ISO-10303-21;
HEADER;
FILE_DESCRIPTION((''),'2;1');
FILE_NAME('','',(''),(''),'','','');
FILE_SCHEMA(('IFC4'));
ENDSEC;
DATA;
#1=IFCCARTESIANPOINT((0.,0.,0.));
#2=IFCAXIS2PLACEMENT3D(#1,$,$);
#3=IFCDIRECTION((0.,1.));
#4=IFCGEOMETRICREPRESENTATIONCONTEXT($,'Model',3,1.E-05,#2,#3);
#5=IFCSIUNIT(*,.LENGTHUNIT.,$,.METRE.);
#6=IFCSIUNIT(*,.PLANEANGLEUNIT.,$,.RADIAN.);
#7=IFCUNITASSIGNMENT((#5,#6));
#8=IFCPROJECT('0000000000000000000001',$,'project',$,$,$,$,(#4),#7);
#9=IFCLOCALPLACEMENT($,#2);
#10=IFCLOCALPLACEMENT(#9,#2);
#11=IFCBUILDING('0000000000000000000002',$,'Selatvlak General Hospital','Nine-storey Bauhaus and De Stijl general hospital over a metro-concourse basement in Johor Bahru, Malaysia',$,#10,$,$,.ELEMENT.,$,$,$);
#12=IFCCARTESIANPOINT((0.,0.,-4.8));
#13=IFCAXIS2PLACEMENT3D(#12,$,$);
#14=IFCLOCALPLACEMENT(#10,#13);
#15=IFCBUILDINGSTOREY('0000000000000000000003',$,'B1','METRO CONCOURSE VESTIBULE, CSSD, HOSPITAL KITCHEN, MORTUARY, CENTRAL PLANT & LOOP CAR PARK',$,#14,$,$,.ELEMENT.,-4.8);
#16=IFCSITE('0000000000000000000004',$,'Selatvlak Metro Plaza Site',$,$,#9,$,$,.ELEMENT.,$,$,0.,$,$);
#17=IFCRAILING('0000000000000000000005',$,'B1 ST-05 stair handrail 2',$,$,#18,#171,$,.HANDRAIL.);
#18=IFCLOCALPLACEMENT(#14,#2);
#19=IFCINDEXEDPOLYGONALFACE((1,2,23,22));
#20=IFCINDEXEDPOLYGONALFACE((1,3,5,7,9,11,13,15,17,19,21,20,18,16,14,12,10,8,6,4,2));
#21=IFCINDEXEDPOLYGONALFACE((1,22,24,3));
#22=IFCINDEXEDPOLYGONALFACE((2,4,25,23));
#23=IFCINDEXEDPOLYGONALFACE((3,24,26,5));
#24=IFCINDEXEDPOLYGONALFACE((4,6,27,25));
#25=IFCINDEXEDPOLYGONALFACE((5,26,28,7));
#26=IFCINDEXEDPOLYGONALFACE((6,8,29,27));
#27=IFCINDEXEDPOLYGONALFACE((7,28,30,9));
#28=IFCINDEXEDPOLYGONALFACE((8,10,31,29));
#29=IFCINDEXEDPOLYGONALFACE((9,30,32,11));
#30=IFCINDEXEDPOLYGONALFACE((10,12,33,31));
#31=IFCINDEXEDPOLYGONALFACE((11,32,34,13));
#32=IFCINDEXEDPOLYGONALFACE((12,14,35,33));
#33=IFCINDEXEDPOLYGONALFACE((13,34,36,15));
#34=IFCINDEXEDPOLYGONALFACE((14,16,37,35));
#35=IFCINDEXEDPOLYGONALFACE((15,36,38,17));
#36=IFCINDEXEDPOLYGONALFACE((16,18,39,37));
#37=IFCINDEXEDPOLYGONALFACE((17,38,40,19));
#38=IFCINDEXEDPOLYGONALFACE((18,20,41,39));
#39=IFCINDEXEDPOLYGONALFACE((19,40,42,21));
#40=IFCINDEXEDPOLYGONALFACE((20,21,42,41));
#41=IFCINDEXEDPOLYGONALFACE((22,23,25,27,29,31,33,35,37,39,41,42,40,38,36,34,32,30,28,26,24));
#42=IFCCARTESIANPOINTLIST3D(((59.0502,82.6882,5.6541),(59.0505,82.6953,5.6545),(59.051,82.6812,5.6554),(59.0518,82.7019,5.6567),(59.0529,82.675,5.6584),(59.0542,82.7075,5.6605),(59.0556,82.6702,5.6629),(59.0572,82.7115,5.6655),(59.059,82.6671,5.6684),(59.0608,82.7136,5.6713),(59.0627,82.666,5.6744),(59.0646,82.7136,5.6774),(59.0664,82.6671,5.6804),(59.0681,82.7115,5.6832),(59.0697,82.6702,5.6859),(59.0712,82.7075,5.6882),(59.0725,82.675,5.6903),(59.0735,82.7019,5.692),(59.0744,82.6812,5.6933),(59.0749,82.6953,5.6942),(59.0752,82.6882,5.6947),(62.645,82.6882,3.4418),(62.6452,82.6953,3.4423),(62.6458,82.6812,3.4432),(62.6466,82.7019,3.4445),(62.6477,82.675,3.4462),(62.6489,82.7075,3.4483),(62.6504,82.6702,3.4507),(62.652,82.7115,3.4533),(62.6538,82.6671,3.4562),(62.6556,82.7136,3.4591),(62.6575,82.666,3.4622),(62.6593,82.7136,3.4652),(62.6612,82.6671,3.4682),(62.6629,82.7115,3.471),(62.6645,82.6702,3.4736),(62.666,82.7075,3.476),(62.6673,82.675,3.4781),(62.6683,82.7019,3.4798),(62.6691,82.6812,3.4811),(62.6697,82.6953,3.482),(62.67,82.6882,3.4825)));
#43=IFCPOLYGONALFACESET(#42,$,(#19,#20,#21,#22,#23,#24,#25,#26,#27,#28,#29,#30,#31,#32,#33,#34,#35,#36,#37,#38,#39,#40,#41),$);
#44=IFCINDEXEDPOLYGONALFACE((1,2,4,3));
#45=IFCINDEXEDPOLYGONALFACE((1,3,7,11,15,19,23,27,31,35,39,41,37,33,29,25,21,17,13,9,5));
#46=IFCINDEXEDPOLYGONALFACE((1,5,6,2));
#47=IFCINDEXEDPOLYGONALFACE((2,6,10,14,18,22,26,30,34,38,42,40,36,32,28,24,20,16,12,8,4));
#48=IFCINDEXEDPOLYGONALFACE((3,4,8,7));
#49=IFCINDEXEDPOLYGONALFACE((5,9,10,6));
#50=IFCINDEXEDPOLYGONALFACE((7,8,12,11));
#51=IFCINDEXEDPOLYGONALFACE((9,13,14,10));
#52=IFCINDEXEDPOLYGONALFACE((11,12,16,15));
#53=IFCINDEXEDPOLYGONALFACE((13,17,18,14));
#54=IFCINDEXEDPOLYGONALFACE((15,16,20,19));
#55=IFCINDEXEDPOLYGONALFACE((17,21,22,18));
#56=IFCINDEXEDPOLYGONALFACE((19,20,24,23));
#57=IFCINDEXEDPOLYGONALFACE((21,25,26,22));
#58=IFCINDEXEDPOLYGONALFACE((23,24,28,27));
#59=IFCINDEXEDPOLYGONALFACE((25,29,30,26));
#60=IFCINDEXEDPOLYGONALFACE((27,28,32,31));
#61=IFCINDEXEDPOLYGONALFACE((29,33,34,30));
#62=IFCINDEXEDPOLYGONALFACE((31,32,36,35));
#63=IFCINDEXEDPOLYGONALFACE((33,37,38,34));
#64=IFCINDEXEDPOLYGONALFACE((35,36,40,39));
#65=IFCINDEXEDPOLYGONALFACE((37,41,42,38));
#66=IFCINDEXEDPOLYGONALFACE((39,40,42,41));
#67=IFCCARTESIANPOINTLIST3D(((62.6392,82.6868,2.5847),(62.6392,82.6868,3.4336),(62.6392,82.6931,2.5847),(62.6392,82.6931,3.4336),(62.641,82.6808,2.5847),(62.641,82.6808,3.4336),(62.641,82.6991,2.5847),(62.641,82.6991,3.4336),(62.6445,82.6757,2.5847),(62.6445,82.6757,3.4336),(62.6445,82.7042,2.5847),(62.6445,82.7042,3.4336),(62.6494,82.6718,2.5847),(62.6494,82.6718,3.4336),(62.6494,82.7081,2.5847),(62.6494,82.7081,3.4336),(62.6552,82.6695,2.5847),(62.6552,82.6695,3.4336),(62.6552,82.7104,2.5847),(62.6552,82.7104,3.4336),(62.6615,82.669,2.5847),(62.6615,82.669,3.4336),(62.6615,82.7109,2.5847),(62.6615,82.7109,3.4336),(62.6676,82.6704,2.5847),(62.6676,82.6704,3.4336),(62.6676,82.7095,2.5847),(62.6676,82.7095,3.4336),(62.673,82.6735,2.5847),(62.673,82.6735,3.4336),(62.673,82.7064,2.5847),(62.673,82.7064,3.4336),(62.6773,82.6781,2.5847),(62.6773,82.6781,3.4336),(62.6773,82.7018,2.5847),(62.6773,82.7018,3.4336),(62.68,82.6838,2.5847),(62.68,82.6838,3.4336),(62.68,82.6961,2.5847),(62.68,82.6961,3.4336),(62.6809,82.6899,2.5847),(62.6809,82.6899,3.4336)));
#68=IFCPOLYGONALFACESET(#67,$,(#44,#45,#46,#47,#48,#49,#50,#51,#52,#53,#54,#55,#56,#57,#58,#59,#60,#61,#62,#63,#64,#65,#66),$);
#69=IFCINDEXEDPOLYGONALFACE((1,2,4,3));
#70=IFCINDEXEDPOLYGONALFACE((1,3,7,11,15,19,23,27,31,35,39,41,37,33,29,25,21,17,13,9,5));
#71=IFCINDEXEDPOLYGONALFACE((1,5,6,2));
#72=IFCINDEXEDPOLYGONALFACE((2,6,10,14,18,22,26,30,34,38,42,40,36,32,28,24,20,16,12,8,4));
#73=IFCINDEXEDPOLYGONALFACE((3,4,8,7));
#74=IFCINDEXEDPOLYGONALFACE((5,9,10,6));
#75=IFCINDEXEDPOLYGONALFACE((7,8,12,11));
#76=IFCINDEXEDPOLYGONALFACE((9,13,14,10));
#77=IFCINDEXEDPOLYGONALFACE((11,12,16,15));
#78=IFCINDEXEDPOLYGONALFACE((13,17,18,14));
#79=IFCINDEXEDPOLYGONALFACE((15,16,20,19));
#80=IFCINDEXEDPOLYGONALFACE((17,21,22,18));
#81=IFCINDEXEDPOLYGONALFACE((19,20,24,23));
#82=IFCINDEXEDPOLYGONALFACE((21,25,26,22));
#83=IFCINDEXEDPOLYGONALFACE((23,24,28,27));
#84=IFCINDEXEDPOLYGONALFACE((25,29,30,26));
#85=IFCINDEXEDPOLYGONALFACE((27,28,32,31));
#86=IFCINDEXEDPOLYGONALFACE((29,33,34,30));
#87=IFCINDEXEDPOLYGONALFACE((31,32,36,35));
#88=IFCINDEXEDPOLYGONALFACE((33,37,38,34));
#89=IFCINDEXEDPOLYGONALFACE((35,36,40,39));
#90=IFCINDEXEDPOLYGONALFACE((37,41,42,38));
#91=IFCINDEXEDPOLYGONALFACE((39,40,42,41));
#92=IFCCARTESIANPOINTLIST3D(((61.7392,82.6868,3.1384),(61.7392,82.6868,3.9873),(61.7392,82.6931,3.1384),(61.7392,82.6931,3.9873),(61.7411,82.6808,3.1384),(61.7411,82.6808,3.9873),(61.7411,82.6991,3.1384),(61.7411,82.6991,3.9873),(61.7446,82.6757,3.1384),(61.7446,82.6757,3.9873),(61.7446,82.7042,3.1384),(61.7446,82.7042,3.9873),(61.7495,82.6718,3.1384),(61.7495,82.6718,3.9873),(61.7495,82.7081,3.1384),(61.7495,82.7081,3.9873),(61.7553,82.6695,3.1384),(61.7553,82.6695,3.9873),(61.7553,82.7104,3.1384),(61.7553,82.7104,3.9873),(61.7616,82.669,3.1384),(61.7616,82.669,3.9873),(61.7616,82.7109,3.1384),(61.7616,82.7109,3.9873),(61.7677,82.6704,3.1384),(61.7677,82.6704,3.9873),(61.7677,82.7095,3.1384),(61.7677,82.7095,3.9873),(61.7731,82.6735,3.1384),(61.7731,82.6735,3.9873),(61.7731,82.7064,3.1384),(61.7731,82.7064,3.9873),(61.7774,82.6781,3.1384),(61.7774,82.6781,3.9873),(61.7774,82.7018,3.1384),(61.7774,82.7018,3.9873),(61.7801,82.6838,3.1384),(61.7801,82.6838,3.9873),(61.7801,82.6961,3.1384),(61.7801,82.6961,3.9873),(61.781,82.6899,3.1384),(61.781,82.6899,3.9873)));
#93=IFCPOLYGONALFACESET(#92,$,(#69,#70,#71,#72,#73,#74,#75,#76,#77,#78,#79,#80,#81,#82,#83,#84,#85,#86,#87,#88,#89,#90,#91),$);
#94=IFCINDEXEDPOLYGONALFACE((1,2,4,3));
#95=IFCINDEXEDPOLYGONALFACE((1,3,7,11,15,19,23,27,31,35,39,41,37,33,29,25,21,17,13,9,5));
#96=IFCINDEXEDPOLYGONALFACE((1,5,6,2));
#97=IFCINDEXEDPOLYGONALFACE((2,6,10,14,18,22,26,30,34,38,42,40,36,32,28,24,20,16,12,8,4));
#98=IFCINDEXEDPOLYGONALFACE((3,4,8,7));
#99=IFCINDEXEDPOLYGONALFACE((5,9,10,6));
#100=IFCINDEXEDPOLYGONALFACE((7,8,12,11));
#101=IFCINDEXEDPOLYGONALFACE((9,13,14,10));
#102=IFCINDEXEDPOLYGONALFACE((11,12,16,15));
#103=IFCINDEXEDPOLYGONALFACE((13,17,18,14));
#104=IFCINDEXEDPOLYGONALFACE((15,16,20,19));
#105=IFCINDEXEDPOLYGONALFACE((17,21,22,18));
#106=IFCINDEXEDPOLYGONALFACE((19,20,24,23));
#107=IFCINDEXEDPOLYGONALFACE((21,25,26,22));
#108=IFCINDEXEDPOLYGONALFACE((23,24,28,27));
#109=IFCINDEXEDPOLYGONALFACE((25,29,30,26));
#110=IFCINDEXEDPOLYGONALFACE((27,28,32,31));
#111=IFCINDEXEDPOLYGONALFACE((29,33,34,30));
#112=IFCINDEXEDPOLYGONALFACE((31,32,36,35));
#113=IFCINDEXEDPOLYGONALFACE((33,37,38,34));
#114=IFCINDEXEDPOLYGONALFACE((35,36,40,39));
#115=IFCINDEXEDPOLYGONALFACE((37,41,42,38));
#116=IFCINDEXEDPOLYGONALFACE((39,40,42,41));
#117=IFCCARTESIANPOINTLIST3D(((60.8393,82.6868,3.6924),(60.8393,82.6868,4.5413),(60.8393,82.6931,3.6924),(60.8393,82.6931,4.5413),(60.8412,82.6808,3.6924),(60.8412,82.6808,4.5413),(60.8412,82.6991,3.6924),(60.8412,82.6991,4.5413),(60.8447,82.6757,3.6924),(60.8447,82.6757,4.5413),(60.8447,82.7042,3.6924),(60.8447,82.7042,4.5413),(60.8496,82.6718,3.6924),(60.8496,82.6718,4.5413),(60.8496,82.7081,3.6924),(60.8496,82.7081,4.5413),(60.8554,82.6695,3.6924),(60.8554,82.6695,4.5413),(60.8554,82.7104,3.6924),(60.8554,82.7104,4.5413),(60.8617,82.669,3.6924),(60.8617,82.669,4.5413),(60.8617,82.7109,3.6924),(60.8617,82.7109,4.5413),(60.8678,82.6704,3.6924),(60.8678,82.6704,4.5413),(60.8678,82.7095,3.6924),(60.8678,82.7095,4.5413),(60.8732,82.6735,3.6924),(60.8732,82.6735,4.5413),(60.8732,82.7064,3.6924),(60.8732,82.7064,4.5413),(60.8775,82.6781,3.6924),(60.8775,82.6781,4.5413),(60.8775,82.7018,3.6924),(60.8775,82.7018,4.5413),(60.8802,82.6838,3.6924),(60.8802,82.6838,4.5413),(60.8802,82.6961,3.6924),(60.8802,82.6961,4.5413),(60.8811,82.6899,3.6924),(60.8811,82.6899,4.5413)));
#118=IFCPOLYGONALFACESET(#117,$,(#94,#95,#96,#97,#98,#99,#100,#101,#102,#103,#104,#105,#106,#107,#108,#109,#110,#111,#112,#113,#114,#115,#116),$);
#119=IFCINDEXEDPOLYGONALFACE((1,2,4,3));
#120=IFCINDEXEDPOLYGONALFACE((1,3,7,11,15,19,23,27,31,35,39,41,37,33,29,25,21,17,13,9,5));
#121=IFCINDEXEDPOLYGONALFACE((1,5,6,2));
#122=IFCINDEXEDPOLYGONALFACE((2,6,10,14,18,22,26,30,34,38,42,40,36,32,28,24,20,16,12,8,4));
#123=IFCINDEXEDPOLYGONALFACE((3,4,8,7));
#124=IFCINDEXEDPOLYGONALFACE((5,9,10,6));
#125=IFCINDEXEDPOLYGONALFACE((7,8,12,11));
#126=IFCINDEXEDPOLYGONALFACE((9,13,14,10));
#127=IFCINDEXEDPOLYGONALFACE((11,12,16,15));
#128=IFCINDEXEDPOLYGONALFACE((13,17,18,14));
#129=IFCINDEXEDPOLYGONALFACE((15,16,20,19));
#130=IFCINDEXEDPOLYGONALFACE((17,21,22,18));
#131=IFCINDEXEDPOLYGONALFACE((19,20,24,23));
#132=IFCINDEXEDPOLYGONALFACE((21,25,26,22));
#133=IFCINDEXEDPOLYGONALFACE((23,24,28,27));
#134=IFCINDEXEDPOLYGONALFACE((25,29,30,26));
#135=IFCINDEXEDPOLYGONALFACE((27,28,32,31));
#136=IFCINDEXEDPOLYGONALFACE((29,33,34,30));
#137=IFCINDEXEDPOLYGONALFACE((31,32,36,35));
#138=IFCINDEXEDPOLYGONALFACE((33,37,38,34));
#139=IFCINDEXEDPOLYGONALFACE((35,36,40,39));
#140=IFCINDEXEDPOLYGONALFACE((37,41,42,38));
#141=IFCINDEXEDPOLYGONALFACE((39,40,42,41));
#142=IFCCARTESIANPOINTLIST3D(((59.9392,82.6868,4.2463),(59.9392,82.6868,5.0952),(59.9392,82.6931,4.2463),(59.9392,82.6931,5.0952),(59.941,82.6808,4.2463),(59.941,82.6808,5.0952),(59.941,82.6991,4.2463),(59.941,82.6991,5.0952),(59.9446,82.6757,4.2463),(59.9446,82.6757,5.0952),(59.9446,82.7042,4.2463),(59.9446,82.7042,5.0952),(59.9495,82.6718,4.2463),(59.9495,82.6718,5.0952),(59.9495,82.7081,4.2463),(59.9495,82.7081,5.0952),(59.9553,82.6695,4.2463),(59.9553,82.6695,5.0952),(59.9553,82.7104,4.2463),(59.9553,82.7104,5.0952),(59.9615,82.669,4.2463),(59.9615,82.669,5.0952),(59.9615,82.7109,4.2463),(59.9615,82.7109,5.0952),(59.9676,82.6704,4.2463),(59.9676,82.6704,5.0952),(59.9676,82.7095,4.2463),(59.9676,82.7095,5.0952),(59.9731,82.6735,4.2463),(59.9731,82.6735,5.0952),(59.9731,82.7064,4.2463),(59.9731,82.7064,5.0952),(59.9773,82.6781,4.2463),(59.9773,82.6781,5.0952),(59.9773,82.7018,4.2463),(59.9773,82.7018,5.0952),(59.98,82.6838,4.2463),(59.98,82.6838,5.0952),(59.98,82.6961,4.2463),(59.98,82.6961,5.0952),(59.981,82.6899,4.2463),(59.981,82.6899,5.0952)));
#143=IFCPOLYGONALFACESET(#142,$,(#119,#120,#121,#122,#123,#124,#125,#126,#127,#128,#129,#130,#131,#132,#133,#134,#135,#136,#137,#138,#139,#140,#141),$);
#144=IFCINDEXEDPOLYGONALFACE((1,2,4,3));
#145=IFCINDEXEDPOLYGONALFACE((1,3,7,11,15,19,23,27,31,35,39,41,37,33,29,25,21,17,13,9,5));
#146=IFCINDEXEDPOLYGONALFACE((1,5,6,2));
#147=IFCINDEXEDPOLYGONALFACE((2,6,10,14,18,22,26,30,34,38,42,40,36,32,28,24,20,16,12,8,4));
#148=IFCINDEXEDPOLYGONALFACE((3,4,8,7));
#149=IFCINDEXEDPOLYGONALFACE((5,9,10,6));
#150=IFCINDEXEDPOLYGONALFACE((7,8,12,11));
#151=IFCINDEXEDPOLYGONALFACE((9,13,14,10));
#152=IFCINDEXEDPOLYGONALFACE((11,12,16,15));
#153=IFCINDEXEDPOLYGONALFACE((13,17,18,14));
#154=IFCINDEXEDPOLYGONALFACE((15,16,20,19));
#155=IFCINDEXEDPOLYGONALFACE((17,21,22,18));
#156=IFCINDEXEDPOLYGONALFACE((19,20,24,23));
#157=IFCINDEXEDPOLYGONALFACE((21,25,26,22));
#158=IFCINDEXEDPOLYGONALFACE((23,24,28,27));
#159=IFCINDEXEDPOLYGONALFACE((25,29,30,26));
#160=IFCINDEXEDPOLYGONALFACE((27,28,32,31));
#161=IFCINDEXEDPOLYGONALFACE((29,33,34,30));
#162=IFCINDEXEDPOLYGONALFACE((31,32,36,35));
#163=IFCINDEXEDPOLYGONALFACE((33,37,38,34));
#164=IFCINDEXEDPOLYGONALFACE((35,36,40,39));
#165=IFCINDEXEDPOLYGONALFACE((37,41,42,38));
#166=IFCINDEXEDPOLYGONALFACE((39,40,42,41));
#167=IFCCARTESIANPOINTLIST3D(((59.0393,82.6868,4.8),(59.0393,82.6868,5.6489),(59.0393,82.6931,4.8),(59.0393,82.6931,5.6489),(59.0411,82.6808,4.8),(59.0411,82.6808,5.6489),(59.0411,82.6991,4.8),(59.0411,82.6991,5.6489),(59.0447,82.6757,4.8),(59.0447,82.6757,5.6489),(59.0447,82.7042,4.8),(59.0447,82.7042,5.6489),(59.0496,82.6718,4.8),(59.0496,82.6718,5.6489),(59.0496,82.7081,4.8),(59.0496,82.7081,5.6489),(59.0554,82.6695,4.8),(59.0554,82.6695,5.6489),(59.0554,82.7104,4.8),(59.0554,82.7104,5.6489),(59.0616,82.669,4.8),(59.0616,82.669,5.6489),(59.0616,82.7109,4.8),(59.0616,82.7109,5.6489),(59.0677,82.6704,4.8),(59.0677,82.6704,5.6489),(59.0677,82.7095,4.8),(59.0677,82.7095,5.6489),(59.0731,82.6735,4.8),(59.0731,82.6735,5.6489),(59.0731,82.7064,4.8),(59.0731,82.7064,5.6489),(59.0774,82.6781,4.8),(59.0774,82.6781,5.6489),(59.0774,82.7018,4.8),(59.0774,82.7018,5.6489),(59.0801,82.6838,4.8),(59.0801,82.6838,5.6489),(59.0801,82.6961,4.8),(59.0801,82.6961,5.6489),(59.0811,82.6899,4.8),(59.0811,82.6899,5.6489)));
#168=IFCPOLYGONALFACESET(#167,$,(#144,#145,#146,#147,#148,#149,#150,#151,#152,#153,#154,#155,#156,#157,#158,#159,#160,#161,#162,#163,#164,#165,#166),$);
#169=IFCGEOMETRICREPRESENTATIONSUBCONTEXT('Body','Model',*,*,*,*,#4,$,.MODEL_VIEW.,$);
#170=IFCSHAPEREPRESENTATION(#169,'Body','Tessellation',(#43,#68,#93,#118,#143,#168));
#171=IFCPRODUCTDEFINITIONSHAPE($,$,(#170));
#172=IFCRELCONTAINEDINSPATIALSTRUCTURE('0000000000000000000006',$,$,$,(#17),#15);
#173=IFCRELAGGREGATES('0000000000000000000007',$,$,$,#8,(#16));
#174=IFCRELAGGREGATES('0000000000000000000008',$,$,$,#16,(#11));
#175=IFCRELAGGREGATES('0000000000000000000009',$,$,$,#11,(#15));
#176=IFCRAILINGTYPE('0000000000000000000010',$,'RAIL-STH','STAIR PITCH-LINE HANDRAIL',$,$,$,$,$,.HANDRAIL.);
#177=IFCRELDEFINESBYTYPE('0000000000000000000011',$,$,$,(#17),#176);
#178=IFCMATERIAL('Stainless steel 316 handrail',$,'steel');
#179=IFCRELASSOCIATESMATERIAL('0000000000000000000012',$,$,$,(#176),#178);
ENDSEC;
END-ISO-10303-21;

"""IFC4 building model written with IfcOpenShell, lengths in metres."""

from ifc_helpers import new_model, si_unit, direction, frame, origin, origin_2d, place, context, subcontext, project, spatial, circle, extrude, material, type_object, element, save


model = new_model("IFC4")

# Units and contexts
model_context = context("Model", 3, precision=1e-05, world=origin(), true_north=direction((0.0, 1.0)))
body_context = subcontext(model_context, "Body", "Model", "MODEL_VIEW")
ifc_project = project(units=[si_unit("LENGTHUNIT", "METRE"), si_unit("PLANEANGLEUNIT", "RADIAN")], contexts=[model_context])

# Site, building, storey
site_placement = place(None, origin())
site = spatial("IfcSite", under=ifc_project, at=site_placement, Name="Selatvlak Metro Plaza Site", CompositionType="ELEMENT", RefElevation=0.0)
building_placement = place(site_placement, origin())
building = spatial("IfcBuilding", under=site, at=building_placement, Name="Selatvlak General Hospital", Description="Nine-storey Bauhaus and De Stijl general hospital over a metro-concourse basement in Johor Bahru, Malaysia", CompositionType="ELEMENT")
storey_placement = place(building_placement, frame((0.0, 0.0, -4.8)))
storey = spatial("IfcBuildingStorey", under=building, at=storey_placement, Name="B1", Description="METRO CONCOURSE VESTIBULE, CSSD, HOSPITAL KITCHEN, MORTUARY, CENTRAL PLANT & LOOP CAR PARK", CompositionType="ELEMENT", Elevation=-4.8)

# Railing
ifc_material_1 = material(Name="Stainless steel 316 handrail", Category="steel")
railing_type_1 = type_object("IfcRailingType", Name="RAIL-STH", Description="STAIR PITCH-LINE HANDRAIL", PredefinedType="HANDRAIL", material=ifc_material_1)
railing_1_placement = place(storey_placement, frame((62.6599, 82.6899, 2.5847)))
element("IfcRailing", 1, at=railing_1_placement, inside=storey, type_object=railing_type_1, Name="B1 ST-05 stair handrail 2", PredefinedType="HANDRAIL", context=body_context, shape_type="SweptSolid", body=[
    extrude(circle(Radius=0.0239, at=origin_2d()), frame((-0.0024, 0.0, 0.8774), z_axis=(-0.851654, 0.0, 0.524104), x_axis=(0.0, -1.0, 0.0)), (0.0, 0.0, 1.0), 4.2209),
    extrude(circle(Radius=0.021, at=origin_2d()), origin(), (0.0, 0.0, 1.0), 0.8489),
    extrude(circle(Radius=0.021, at=origin_2d()), frame((-0.8999, 0.0, 0.5537)), (0.0, 0.0, 1.0), 0.8489),
    extrude(circle(Radius=0.021, at=origin_2d()), frame((-1.7998, 0.0, 1.1077)), (0.0, 0.0, 1.0), 0.8489),
    extrude(circle(Radius=0.021, at=origin_2d()), frame((-2.7, 0.0, 1.6616)), (0.0, 0.0, 1.0), 0.8489),
    extrude(circle(Radius=0.021, at=origin_2d()), frame((-3.5999, 0.0, 2.2153)), (0.0, 0.0, 1.0), 0.8489),
])

save(model, "model.ifc")
